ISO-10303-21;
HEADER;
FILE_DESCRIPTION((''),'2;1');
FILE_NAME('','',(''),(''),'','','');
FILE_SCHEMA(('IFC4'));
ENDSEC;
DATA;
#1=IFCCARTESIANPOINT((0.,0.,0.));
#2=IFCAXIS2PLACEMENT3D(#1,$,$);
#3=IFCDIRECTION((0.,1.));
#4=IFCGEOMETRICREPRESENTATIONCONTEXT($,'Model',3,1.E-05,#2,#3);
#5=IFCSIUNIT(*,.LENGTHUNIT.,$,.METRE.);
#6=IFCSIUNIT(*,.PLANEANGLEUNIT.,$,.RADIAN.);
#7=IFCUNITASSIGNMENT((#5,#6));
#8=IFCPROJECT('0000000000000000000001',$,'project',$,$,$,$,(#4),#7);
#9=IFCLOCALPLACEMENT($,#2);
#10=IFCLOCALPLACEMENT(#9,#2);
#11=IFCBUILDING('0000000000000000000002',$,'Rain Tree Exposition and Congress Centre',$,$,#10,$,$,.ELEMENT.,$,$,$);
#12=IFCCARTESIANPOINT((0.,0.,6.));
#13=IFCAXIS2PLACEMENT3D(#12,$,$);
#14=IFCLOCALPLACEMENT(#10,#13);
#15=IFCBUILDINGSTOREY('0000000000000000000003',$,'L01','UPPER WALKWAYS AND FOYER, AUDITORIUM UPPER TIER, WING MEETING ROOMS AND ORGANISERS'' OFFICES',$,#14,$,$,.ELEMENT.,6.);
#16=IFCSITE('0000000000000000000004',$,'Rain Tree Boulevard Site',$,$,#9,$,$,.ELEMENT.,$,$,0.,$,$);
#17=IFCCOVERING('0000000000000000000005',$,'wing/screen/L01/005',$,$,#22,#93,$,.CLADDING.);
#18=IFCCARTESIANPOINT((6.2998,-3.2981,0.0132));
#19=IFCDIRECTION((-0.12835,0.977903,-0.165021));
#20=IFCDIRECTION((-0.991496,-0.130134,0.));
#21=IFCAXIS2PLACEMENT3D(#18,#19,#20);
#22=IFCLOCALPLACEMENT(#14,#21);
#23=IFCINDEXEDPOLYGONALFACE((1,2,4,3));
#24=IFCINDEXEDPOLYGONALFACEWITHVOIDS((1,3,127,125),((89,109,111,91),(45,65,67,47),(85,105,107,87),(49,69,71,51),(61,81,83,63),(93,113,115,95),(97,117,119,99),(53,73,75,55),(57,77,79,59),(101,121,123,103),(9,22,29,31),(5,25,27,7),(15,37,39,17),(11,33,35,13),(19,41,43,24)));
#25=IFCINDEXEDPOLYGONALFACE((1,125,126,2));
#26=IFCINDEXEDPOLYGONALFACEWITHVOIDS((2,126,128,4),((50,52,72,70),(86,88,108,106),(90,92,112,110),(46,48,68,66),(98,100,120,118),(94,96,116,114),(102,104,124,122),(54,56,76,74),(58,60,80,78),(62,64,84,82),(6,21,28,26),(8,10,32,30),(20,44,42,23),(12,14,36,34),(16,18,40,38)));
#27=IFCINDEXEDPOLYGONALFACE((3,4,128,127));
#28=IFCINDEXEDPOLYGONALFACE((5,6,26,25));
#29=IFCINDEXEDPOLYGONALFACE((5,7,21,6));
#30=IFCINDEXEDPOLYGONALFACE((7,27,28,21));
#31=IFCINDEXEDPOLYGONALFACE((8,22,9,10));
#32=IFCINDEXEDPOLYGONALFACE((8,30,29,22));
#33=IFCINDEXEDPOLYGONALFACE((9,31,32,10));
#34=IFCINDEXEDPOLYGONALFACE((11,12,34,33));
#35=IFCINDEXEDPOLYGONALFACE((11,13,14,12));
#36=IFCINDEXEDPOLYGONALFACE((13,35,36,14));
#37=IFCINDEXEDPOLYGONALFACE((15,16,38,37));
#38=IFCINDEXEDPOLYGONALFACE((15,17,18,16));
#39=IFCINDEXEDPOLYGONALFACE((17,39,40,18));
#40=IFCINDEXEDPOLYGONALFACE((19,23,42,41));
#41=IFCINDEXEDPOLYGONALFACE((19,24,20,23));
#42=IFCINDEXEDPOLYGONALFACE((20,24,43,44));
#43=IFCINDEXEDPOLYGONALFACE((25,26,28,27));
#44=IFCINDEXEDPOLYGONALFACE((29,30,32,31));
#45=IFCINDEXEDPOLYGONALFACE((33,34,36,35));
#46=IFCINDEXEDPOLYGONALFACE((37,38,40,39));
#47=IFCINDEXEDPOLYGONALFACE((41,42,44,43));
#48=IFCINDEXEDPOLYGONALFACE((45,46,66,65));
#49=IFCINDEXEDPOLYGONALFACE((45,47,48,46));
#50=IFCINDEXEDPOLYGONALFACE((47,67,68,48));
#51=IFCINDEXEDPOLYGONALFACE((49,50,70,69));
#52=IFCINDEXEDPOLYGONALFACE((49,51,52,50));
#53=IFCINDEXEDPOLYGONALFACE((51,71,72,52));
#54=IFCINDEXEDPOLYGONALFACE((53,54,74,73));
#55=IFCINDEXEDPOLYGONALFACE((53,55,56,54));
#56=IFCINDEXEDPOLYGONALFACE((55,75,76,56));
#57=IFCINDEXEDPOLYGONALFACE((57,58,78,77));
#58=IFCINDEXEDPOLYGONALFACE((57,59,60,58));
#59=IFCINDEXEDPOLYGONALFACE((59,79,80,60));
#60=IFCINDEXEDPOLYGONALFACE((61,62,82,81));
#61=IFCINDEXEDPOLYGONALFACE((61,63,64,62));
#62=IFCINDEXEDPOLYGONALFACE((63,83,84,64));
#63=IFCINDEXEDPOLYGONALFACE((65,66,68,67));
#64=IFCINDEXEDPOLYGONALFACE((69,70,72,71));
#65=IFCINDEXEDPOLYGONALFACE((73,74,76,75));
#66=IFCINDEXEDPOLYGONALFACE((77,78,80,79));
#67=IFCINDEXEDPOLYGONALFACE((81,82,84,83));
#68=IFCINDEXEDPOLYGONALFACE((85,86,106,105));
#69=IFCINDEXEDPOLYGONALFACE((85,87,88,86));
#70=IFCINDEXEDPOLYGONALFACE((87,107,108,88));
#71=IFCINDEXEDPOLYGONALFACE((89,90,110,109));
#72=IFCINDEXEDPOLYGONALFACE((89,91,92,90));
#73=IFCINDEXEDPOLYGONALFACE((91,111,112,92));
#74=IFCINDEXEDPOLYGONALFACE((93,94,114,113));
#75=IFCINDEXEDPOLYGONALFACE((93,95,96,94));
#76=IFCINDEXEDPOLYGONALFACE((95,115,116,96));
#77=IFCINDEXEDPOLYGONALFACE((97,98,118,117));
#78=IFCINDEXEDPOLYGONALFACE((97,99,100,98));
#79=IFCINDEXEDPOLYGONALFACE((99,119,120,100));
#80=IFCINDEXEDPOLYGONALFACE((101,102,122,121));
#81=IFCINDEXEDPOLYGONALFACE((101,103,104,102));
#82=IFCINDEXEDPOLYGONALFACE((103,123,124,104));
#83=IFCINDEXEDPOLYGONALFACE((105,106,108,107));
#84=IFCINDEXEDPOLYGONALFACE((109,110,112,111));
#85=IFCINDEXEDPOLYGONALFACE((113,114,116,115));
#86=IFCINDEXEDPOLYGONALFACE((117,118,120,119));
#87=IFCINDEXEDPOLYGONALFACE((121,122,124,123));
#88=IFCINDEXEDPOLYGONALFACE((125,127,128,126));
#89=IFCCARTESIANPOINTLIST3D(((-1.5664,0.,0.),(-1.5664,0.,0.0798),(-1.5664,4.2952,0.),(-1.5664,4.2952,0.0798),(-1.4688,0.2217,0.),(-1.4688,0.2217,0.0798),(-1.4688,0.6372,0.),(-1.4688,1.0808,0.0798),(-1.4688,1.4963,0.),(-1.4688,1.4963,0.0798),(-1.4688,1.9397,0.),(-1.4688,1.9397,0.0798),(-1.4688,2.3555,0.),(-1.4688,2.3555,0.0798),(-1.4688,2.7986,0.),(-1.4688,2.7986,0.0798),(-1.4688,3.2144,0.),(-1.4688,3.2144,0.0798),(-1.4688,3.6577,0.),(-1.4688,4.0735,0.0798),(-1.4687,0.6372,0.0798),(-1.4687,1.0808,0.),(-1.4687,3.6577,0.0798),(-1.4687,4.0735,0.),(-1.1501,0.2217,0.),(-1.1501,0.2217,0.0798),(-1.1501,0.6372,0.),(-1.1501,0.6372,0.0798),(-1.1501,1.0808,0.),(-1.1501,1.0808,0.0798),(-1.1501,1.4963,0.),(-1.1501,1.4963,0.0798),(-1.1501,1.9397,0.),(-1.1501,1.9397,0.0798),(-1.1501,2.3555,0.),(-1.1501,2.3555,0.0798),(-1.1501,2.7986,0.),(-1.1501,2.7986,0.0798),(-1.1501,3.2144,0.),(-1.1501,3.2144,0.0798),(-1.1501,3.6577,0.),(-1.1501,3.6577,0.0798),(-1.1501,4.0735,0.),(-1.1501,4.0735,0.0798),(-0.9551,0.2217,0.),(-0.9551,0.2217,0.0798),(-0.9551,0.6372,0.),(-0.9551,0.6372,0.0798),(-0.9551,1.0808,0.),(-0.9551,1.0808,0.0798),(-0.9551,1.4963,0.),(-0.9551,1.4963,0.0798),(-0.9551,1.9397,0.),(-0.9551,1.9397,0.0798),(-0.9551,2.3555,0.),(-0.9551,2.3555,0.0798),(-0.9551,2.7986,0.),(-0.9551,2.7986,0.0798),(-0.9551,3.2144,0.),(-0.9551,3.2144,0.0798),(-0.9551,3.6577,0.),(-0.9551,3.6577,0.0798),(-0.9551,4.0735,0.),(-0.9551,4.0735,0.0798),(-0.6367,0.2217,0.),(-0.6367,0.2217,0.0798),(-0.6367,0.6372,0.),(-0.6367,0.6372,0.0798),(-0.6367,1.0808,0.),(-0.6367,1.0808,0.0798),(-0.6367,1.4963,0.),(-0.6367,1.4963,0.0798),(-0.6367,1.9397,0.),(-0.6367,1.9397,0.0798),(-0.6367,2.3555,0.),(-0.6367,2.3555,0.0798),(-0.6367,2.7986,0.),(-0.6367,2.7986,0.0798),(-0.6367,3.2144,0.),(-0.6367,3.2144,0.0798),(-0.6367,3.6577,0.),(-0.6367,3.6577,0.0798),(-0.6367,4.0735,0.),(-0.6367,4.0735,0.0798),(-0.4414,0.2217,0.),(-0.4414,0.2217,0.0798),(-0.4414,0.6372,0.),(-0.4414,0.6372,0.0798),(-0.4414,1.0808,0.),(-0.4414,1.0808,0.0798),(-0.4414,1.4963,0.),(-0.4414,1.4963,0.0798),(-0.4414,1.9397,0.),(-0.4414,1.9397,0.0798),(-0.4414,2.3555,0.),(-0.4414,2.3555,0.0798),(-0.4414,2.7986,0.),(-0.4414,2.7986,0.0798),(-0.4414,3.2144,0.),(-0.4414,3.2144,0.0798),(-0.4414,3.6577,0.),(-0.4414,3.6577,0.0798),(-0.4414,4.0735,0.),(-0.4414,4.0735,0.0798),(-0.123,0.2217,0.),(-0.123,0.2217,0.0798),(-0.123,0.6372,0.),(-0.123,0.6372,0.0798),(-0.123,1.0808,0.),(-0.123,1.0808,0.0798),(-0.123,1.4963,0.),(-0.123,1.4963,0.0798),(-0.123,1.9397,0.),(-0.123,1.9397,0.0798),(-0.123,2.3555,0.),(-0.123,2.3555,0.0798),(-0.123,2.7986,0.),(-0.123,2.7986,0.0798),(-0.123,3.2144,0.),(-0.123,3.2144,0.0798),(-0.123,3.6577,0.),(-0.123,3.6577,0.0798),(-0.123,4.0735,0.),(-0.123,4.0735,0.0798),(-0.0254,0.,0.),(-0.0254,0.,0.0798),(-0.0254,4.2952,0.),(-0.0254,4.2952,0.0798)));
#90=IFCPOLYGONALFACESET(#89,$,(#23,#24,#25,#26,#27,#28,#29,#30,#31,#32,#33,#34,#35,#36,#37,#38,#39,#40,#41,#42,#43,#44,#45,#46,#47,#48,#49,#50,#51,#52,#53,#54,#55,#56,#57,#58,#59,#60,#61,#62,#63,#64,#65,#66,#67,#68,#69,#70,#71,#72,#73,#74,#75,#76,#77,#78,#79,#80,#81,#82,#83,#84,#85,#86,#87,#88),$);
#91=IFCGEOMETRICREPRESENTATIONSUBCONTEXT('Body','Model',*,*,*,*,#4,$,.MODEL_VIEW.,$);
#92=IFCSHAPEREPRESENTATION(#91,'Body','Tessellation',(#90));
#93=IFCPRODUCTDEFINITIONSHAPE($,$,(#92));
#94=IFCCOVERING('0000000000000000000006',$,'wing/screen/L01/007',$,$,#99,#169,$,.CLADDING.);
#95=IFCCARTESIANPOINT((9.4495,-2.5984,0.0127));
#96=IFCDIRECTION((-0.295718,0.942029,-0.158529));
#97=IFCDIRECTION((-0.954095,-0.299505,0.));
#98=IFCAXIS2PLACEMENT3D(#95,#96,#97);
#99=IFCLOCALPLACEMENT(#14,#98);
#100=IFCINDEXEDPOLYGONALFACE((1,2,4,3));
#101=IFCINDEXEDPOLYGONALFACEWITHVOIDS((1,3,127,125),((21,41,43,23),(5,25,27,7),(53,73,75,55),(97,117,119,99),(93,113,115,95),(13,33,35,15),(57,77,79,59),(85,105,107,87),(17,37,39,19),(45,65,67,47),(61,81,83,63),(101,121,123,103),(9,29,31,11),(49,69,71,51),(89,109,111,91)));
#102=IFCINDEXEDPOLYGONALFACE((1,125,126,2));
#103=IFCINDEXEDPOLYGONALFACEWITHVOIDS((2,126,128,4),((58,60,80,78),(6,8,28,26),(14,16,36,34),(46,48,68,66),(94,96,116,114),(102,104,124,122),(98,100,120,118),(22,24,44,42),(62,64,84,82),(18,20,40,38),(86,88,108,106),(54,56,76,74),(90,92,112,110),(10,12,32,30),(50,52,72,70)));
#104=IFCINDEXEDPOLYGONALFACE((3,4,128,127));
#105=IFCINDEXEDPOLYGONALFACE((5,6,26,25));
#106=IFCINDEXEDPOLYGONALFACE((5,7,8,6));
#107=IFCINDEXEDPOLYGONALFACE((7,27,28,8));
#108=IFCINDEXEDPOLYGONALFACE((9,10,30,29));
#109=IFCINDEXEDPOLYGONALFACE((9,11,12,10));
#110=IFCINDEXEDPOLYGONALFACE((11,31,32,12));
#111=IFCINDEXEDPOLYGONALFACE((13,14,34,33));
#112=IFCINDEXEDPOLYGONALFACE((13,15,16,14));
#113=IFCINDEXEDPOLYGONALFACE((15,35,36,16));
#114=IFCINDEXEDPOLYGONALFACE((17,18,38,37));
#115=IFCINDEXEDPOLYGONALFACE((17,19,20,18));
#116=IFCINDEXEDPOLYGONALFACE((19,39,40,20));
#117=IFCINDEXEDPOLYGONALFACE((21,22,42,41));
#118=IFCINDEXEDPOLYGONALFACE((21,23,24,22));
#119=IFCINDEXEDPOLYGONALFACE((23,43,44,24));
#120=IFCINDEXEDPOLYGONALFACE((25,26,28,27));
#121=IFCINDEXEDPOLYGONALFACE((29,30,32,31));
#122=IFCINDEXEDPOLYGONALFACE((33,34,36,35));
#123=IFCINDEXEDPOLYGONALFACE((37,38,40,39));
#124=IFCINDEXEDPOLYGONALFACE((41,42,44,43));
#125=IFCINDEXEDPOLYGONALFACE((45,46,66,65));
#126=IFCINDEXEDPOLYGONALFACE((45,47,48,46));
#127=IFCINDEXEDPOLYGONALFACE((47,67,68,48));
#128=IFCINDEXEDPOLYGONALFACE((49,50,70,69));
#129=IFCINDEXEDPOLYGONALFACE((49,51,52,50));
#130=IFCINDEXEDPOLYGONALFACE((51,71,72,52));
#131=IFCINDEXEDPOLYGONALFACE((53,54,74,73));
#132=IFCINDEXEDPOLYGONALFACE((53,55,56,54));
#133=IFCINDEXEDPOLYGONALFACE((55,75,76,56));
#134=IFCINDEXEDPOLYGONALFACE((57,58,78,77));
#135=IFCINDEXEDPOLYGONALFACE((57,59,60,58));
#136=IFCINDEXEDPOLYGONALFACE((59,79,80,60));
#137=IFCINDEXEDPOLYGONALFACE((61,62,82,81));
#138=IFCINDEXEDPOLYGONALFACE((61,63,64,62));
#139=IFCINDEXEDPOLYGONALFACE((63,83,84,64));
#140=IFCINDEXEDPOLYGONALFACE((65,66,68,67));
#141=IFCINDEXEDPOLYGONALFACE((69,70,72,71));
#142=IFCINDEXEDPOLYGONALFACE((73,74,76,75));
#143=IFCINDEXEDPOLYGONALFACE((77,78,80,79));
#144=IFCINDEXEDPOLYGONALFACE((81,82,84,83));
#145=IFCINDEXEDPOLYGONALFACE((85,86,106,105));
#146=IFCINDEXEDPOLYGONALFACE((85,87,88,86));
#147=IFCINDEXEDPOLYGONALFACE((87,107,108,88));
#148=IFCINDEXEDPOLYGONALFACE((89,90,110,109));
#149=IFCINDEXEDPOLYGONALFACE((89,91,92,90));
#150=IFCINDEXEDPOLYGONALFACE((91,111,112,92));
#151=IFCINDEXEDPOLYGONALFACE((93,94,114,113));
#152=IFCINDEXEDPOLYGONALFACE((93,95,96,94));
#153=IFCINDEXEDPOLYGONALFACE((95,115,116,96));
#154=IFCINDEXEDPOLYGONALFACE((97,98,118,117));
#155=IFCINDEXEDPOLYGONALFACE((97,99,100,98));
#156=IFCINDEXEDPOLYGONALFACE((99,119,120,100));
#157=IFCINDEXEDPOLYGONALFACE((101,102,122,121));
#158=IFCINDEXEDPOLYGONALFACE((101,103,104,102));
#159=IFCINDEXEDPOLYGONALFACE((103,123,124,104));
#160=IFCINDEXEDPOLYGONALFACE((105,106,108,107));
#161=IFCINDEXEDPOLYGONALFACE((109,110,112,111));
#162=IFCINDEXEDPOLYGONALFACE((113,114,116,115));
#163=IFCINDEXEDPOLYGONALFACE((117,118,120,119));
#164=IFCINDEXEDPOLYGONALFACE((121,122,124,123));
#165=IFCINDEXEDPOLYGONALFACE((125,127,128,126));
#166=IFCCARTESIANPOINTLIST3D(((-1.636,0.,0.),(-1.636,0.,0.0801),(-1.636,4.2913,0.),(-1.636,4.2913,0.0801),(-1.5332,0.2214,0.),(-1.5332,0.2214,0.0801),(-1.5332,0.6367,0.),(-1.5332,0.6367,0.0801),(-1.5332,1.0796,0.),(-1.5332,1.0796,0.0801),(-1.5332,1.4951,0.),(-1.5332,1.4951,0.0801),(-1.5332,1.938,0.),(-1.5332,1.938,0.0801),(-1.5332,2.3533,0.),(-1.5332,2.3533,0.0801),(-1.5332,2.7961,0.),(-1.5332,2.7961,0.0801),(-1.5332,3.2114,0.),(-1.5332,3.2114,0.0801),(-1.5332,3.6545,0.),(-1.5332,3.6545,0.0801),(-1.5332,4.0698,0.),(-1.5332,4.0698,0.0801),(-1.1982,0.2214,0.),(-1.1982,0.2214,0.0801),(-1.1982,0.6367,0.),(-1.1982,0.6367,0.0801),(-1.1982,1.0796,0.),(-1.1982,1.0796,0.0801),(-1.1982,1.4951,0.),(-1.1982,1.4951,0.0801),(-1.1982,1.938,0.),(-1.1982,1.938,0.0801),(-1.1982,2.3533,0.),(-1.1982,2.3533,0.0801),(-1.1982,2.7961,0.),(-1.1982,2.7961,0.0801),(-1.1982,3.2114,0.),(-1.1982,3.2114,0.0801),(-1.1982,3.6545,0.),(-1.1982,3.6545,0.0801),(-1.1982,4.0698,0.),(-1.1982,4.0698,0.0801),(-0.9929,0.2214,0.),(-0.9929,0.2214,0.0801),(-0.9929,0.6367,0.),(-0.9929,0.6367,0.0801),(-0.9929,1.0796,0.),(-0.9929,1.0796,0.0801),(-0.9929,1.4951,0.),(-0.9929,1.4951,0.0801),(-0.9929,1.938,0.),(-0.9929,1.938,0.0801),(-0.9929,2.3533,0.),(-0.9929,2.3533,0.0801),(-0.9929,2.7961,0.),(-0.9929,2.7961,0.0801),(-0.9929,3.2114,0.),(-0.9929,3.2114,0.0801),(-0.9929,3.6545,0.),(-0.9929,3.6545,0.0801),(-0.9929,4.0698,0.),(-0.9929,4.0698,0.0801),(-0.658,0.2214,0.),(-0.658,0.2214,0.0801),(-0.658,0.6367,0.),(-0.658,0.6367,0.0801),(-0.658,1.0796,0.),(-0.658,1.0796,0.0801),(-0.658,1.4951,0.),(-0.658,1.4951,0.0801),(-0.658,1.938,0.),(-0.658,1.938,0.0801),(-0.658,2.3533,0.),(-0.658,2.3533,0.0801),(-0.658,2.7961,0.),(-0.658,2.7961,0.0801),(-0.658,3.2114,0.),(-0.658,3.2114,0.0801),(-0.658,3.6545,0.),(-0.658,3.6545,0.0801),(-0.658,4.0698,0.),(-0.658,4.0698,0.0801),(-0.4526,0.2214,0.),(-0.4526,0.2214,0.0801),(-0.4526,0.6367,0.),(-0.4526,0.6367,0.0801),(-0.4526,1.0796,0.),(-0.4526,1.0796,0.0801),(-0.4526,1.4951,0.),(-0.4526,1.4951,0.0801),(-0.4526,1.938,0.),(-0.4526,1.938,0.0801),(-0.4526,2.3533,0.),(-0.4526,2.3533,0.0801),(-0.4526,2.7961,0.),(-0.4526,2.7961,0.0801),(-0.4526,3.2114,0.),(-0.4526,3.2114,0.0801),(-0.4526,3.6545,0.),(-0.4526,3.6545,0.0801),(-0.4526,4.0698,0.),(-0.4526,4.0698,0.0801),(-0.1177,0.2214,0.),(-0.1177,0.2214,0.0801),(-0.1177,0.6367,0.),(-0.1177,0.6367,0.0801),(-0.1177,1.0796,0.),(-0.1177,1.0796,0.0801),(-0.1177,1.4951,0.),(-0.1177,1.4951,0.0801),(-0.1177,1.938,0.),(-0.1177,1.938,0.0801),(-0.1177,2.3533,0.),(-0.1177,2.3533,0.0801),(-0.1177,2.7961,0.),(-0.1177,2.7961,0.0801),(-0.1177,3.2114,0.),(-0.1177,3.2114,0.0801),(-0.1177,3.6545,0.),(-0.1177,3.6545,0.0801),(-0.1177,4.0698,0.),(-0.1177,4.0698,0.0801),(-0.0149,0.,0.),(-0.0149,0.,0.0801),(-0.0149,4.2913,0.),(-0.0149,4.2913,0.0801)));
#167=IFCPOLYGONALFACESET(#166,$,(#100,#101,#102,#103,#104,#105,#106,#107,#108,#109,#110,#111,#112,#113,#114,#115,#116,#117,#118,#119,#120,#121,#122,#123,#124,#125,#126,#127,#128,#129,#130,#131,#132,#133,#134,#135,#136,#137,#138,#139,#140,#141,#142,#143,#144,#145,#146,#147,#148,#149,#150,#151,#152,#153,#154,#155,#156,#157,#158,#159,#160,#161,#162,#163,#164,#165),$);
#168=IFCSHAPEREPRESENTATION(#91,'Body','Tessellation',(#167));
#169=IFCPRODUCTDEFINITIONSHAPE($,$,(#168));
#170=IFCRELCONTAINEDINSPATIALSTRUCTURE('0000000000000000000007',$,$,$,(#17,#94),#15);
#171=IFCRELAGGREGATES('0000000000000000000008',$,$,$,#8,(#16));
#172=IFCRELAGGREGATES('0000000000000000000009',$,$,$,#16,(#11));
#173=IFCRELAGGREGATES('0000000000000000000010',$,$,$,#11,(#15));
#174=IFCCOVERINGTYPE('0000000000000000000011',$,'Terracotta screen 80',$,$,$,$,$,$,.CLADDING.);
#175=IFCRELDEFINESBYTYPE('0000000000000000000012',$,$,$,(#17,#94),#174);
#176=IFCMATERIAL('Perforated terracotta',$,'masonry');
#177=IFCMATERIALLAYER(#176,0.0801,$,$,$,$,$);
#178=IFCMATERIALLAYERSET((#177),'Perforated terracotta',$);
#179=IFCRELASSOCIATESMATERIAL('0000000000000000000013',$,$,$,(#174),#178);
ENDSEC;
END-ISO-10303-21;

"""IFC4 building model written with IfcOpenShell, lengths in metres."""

from ifc_helpers import new_model, si_unit, direction, frame, origin, place, context, subcontext, project, spatial, polyline, outline, extrude, material, layer, layer_set, type_object, element, save


model = new_model("IFC4")

# Units and contexts
model_context = context("Model", 3, precision=1e-05, world=origin(), true_north=direction((0.0, 1.0)))
body_context = subcontext(model_context, "Body", "Model", "MODEL_VIEW")
ifc_project = project(units=[si_unit("LENGTHUNIT", "METRE"), si_unit("PLANEANGLEUNIT", "RADIAN")], contexts=[model_context])

# Site, building, storey
site_placement = place(None, origin())
site = spatial("IfcSite", under=ifc_project, at=site_placement, Name="Rain Tree Boulevard Site", CompositionType="ELEMENT", RefElevation=0.0)
building_placement = place(site_placement, origin())
building = spatial("IfcBuilding", under=site, at=building_placement, Name="Rain Tree Exposition and Congress Centre", CompositionType="ELEMENT")
storey_placement = place(building_placement, frame((0.0, 0.0, 6.0)))
storey = spatial("IfcBuildingStorey", under=building, at=storey_placement, Name="L01", Description="UPPER WALKWAYS AND FOYER, AUDITORIUM UPPER TIER, WING MEETING ROOMS AND ORGANISERS' OFFICES", CompositionType="ELEMENT", Elevation=6.0)

# Coverings
ifc_material_1 = material(Name="Perforated terracotta", Category="masonry")
ifc_layer_1 = layer(ifc_material_1, 0.0801)
ifc_layer_set_1 = layer_set([ifc_layer_1], Name="Perforated terracotta")
covering_type = type_object("IfcCoveringType", Name="Terracotta screen 80", PredefinedType="CLADDING", material=ifc_layer_set_1)
covering_1_placement = place(storey_placement, frame((6.2998, -3.2981, 0.0132), z_axis=(-0.12835, 0.977903, -0.165021), x_axis=(-0.991496, -0.130134, 0.0)))
element("IfcCovering", 1, at=covering_1_placement, inside=storey, type_object=covering_type, Name="wing/screen/L01/005", PredefinedType="CLADDING", context=body_context, shape_type="SweptSolid", body=[
    extrude(outline(polyline([(-1.5664, 0.0), (-1.5664, 4.2952), (-0.0254, 4.2952), (-0.0254, 0.0), (-1.5664, 0.0)]), holes=[polyline([(-0.123, 0.2217), (-0.123, 0.6372), (-0.4414, 0.6372), (-0.4414, 0.2217), (-0.123, 0.2217)]), polyline([(-0.123, 1.0808), (-0.123, 1.4963), (-0.4414, 1.4963), (-0.4414, 1.0808), (-0.123, 1.0808)]), polyline([(-0.123, 1.9397), (-0.123, 2.3555), (-0.4414, 2.3555), (-0.4414, 1.9397), (-0.123, 1.9397)]), polyline([(-0.123, 2.7986), (-0.123, 3.2144), (-0.4414, 3.2144), (-0.4414, 2.7986), (-0.123, 2.7986)]), polyline([(-0.123, 3.6577), (-0.123, 4.0735), (-0.4414, 4.0735), (-0.4414, 3.6577), (-0.123, 3.6577)]), polyline([(-0.6367, 0.2217), (-0.6367, 0.6372), (-0.9551, 0.6372), (-0.9551, 0.2217), (-0.6367, 0.2217)]), polyline([(-0.6367, 1.0808), (-0.6367, 1.4963), (-0.9551, 1.4963), (-0.9551, 1.0808), (-0.6367, 1.0808)]), polyline([(-0.6367, 1.9397), (-0.6367, 2.3555), (-0.9551, 2.3555), (-0.9551, 1.9397), (-0.6367, 1.9397)]), polyline([(-0.6367, 2.7986), (-0.6367, 3.2144), (-0.9551, 3.2144), (-0.9551, 2.7986), (-0.6367, 2.7986)]), polyline([(-0.6367, 3.6577), (-0.6367, 4.0735), (-0.9551, 4.0735), (-0.9551, 3.6577), (-0.6367, 3.6577)]), polyline([(-1.1501, 0.2217), (-1.1501, 0.6372), (-1.4688, 0.6372), (-1.4688, 0.2217), (-1.1501, 0.2217)]), polyline([(-1.1501, 1.0808), (-1.1501, 1.4963), (-1.4688, 1.4963), (-1.4688, 1.0808), (-1.1501, 1.0808)]), polyline([(-1.1501, 1.9397), (-1.1501, 2.3555), (-1.4688, 2.3555), (-1.4688, 1.9397), (-1.1501, 1.9397)]), polyline([(-1.1501, 2.7986), (-1.1501, 3.2144), (-1.4688, 3.2144), (-1.4688, 2.7986), (-1.1501, 2.7986)]), polyline([(-1.1501, 3.6577), (-1.1501, 4.0735), (-1.4688, 4.0735), (-1.4688, 3.6577), (-1.1501, 3.6577)])]), origin(), (0.0, 0.0, 1.0), 0.0798),
])
covering_2_placement = place(storey_placement, frame((9.4495, -2.5984, 0.0127), z_axis=(-0.295718, 0.942029, -0.158529), x_axis=(-0.954095, -0.299505, 0.0)))
element("IfcCovering", 2, at=covering_2_placement, inside=storey, type_object=covering_type, Name="wing/screen/L01/007", PredefinedType="CLADDING", context=body_context, shape_type="SweptSolid", body=[
    extrude(outline(polyline([(-1.636, 0.0), (-1.636, 4.2913), (-0.0149, 4.2913), (-0.0149, 0.0), (-1.636, 0.0)]), holes=[polyline([(-0.1177, 0.2214), (-0.1177, 0.6367), (-0.4526, 0.6367), (-0.4526, 0.2214), (-0.1177, 0.2214)]), polyline([(-0.1177, 1.0796), (-0.1177, 1.4951), (-0.4526, 1.4951), (-0.4526, 1.0796), (-0.1177, 1.0796)]), polyline([(-0.1177, 1.938), (-0.1177, 2.3533), (-0.4526, 2.3533), (-0.4526, 1.938), (-0.1177, 1.938)]), polyline([(-0.1177, 2.7961), (-0.1177, 3.2114), (-0.4526, 3.2114), (-0.4526, 2.7961), (-0.1177, 2.7961)]), polyline([(-0.1177, 3.6545), (-0.1177, 4.0698), (-0.4526, 4.0698), (-0.4526, 3.6545), (-0.1177, 3.6545)]), polyline([(-0.658, 0.2214), (-0.658, 0.6367), (-0.9929, 0.6367), (-0.9929, 0.2214), (-0.658, 0.2214)]), polyline([(-0.658, 1.0796), (-0.658, 1.4951), (-0.9929, 1.4951), (-0.9929, 1.0796), (-0.658, 1.0796)]), polyline([(-0.658, 1.938), (-0.658, 2.3533), (-0.9929, 2.3533), (-0.9929, 1.938), (-0.658, 1.938)]), polyline([(-0.658, 2.7961), (-0.658, 3.2114), (-0.9929, 3.2114), (-0.9929, 2.7961), (-0.658, 2.7961)]), polyline([(-0.658, 3.6545), (-0.658, 4.0698), (-0.9929, 4.0698), (-0.9929, 3.6545), (-0.658, 3.6545)]), polyline([(-1.1982, 0.2214), (-1.1982, 0.6367), (-1.5332, 0.6367), (-1.5332, 0.2214), (-1.1982, 0.2214)]), polyline([(-1.1982, 1.0796), (-1.1982, 1.4951), (-1.5332, 1.4951), (-1.5332, 1.0796), (-1.1982, 1.0796)]), polyline([(-1.1982, 1.938), (-1.1982, 2.3533), (-1.5332, 2.3533), (-1.5332, 1.938), (-1.1982, 1.938)]), polyline([(-1.1982, 2.7961), (-1.1982, 3.2114), (-1.5332, 3.2114), (-1.5332, 2.7961), (-1.1982, 2.7961)]), polyline([(-1.1982, 3.6545), (-1.1982, 4.0698), (-1.5332, 4.0698), (-1.5332, 3.6545), (-1.1982, 3.6545)])]), origin(), (0.0, 0.0, 1.0), 0.0801),
])

save(model, "model.ifc")
